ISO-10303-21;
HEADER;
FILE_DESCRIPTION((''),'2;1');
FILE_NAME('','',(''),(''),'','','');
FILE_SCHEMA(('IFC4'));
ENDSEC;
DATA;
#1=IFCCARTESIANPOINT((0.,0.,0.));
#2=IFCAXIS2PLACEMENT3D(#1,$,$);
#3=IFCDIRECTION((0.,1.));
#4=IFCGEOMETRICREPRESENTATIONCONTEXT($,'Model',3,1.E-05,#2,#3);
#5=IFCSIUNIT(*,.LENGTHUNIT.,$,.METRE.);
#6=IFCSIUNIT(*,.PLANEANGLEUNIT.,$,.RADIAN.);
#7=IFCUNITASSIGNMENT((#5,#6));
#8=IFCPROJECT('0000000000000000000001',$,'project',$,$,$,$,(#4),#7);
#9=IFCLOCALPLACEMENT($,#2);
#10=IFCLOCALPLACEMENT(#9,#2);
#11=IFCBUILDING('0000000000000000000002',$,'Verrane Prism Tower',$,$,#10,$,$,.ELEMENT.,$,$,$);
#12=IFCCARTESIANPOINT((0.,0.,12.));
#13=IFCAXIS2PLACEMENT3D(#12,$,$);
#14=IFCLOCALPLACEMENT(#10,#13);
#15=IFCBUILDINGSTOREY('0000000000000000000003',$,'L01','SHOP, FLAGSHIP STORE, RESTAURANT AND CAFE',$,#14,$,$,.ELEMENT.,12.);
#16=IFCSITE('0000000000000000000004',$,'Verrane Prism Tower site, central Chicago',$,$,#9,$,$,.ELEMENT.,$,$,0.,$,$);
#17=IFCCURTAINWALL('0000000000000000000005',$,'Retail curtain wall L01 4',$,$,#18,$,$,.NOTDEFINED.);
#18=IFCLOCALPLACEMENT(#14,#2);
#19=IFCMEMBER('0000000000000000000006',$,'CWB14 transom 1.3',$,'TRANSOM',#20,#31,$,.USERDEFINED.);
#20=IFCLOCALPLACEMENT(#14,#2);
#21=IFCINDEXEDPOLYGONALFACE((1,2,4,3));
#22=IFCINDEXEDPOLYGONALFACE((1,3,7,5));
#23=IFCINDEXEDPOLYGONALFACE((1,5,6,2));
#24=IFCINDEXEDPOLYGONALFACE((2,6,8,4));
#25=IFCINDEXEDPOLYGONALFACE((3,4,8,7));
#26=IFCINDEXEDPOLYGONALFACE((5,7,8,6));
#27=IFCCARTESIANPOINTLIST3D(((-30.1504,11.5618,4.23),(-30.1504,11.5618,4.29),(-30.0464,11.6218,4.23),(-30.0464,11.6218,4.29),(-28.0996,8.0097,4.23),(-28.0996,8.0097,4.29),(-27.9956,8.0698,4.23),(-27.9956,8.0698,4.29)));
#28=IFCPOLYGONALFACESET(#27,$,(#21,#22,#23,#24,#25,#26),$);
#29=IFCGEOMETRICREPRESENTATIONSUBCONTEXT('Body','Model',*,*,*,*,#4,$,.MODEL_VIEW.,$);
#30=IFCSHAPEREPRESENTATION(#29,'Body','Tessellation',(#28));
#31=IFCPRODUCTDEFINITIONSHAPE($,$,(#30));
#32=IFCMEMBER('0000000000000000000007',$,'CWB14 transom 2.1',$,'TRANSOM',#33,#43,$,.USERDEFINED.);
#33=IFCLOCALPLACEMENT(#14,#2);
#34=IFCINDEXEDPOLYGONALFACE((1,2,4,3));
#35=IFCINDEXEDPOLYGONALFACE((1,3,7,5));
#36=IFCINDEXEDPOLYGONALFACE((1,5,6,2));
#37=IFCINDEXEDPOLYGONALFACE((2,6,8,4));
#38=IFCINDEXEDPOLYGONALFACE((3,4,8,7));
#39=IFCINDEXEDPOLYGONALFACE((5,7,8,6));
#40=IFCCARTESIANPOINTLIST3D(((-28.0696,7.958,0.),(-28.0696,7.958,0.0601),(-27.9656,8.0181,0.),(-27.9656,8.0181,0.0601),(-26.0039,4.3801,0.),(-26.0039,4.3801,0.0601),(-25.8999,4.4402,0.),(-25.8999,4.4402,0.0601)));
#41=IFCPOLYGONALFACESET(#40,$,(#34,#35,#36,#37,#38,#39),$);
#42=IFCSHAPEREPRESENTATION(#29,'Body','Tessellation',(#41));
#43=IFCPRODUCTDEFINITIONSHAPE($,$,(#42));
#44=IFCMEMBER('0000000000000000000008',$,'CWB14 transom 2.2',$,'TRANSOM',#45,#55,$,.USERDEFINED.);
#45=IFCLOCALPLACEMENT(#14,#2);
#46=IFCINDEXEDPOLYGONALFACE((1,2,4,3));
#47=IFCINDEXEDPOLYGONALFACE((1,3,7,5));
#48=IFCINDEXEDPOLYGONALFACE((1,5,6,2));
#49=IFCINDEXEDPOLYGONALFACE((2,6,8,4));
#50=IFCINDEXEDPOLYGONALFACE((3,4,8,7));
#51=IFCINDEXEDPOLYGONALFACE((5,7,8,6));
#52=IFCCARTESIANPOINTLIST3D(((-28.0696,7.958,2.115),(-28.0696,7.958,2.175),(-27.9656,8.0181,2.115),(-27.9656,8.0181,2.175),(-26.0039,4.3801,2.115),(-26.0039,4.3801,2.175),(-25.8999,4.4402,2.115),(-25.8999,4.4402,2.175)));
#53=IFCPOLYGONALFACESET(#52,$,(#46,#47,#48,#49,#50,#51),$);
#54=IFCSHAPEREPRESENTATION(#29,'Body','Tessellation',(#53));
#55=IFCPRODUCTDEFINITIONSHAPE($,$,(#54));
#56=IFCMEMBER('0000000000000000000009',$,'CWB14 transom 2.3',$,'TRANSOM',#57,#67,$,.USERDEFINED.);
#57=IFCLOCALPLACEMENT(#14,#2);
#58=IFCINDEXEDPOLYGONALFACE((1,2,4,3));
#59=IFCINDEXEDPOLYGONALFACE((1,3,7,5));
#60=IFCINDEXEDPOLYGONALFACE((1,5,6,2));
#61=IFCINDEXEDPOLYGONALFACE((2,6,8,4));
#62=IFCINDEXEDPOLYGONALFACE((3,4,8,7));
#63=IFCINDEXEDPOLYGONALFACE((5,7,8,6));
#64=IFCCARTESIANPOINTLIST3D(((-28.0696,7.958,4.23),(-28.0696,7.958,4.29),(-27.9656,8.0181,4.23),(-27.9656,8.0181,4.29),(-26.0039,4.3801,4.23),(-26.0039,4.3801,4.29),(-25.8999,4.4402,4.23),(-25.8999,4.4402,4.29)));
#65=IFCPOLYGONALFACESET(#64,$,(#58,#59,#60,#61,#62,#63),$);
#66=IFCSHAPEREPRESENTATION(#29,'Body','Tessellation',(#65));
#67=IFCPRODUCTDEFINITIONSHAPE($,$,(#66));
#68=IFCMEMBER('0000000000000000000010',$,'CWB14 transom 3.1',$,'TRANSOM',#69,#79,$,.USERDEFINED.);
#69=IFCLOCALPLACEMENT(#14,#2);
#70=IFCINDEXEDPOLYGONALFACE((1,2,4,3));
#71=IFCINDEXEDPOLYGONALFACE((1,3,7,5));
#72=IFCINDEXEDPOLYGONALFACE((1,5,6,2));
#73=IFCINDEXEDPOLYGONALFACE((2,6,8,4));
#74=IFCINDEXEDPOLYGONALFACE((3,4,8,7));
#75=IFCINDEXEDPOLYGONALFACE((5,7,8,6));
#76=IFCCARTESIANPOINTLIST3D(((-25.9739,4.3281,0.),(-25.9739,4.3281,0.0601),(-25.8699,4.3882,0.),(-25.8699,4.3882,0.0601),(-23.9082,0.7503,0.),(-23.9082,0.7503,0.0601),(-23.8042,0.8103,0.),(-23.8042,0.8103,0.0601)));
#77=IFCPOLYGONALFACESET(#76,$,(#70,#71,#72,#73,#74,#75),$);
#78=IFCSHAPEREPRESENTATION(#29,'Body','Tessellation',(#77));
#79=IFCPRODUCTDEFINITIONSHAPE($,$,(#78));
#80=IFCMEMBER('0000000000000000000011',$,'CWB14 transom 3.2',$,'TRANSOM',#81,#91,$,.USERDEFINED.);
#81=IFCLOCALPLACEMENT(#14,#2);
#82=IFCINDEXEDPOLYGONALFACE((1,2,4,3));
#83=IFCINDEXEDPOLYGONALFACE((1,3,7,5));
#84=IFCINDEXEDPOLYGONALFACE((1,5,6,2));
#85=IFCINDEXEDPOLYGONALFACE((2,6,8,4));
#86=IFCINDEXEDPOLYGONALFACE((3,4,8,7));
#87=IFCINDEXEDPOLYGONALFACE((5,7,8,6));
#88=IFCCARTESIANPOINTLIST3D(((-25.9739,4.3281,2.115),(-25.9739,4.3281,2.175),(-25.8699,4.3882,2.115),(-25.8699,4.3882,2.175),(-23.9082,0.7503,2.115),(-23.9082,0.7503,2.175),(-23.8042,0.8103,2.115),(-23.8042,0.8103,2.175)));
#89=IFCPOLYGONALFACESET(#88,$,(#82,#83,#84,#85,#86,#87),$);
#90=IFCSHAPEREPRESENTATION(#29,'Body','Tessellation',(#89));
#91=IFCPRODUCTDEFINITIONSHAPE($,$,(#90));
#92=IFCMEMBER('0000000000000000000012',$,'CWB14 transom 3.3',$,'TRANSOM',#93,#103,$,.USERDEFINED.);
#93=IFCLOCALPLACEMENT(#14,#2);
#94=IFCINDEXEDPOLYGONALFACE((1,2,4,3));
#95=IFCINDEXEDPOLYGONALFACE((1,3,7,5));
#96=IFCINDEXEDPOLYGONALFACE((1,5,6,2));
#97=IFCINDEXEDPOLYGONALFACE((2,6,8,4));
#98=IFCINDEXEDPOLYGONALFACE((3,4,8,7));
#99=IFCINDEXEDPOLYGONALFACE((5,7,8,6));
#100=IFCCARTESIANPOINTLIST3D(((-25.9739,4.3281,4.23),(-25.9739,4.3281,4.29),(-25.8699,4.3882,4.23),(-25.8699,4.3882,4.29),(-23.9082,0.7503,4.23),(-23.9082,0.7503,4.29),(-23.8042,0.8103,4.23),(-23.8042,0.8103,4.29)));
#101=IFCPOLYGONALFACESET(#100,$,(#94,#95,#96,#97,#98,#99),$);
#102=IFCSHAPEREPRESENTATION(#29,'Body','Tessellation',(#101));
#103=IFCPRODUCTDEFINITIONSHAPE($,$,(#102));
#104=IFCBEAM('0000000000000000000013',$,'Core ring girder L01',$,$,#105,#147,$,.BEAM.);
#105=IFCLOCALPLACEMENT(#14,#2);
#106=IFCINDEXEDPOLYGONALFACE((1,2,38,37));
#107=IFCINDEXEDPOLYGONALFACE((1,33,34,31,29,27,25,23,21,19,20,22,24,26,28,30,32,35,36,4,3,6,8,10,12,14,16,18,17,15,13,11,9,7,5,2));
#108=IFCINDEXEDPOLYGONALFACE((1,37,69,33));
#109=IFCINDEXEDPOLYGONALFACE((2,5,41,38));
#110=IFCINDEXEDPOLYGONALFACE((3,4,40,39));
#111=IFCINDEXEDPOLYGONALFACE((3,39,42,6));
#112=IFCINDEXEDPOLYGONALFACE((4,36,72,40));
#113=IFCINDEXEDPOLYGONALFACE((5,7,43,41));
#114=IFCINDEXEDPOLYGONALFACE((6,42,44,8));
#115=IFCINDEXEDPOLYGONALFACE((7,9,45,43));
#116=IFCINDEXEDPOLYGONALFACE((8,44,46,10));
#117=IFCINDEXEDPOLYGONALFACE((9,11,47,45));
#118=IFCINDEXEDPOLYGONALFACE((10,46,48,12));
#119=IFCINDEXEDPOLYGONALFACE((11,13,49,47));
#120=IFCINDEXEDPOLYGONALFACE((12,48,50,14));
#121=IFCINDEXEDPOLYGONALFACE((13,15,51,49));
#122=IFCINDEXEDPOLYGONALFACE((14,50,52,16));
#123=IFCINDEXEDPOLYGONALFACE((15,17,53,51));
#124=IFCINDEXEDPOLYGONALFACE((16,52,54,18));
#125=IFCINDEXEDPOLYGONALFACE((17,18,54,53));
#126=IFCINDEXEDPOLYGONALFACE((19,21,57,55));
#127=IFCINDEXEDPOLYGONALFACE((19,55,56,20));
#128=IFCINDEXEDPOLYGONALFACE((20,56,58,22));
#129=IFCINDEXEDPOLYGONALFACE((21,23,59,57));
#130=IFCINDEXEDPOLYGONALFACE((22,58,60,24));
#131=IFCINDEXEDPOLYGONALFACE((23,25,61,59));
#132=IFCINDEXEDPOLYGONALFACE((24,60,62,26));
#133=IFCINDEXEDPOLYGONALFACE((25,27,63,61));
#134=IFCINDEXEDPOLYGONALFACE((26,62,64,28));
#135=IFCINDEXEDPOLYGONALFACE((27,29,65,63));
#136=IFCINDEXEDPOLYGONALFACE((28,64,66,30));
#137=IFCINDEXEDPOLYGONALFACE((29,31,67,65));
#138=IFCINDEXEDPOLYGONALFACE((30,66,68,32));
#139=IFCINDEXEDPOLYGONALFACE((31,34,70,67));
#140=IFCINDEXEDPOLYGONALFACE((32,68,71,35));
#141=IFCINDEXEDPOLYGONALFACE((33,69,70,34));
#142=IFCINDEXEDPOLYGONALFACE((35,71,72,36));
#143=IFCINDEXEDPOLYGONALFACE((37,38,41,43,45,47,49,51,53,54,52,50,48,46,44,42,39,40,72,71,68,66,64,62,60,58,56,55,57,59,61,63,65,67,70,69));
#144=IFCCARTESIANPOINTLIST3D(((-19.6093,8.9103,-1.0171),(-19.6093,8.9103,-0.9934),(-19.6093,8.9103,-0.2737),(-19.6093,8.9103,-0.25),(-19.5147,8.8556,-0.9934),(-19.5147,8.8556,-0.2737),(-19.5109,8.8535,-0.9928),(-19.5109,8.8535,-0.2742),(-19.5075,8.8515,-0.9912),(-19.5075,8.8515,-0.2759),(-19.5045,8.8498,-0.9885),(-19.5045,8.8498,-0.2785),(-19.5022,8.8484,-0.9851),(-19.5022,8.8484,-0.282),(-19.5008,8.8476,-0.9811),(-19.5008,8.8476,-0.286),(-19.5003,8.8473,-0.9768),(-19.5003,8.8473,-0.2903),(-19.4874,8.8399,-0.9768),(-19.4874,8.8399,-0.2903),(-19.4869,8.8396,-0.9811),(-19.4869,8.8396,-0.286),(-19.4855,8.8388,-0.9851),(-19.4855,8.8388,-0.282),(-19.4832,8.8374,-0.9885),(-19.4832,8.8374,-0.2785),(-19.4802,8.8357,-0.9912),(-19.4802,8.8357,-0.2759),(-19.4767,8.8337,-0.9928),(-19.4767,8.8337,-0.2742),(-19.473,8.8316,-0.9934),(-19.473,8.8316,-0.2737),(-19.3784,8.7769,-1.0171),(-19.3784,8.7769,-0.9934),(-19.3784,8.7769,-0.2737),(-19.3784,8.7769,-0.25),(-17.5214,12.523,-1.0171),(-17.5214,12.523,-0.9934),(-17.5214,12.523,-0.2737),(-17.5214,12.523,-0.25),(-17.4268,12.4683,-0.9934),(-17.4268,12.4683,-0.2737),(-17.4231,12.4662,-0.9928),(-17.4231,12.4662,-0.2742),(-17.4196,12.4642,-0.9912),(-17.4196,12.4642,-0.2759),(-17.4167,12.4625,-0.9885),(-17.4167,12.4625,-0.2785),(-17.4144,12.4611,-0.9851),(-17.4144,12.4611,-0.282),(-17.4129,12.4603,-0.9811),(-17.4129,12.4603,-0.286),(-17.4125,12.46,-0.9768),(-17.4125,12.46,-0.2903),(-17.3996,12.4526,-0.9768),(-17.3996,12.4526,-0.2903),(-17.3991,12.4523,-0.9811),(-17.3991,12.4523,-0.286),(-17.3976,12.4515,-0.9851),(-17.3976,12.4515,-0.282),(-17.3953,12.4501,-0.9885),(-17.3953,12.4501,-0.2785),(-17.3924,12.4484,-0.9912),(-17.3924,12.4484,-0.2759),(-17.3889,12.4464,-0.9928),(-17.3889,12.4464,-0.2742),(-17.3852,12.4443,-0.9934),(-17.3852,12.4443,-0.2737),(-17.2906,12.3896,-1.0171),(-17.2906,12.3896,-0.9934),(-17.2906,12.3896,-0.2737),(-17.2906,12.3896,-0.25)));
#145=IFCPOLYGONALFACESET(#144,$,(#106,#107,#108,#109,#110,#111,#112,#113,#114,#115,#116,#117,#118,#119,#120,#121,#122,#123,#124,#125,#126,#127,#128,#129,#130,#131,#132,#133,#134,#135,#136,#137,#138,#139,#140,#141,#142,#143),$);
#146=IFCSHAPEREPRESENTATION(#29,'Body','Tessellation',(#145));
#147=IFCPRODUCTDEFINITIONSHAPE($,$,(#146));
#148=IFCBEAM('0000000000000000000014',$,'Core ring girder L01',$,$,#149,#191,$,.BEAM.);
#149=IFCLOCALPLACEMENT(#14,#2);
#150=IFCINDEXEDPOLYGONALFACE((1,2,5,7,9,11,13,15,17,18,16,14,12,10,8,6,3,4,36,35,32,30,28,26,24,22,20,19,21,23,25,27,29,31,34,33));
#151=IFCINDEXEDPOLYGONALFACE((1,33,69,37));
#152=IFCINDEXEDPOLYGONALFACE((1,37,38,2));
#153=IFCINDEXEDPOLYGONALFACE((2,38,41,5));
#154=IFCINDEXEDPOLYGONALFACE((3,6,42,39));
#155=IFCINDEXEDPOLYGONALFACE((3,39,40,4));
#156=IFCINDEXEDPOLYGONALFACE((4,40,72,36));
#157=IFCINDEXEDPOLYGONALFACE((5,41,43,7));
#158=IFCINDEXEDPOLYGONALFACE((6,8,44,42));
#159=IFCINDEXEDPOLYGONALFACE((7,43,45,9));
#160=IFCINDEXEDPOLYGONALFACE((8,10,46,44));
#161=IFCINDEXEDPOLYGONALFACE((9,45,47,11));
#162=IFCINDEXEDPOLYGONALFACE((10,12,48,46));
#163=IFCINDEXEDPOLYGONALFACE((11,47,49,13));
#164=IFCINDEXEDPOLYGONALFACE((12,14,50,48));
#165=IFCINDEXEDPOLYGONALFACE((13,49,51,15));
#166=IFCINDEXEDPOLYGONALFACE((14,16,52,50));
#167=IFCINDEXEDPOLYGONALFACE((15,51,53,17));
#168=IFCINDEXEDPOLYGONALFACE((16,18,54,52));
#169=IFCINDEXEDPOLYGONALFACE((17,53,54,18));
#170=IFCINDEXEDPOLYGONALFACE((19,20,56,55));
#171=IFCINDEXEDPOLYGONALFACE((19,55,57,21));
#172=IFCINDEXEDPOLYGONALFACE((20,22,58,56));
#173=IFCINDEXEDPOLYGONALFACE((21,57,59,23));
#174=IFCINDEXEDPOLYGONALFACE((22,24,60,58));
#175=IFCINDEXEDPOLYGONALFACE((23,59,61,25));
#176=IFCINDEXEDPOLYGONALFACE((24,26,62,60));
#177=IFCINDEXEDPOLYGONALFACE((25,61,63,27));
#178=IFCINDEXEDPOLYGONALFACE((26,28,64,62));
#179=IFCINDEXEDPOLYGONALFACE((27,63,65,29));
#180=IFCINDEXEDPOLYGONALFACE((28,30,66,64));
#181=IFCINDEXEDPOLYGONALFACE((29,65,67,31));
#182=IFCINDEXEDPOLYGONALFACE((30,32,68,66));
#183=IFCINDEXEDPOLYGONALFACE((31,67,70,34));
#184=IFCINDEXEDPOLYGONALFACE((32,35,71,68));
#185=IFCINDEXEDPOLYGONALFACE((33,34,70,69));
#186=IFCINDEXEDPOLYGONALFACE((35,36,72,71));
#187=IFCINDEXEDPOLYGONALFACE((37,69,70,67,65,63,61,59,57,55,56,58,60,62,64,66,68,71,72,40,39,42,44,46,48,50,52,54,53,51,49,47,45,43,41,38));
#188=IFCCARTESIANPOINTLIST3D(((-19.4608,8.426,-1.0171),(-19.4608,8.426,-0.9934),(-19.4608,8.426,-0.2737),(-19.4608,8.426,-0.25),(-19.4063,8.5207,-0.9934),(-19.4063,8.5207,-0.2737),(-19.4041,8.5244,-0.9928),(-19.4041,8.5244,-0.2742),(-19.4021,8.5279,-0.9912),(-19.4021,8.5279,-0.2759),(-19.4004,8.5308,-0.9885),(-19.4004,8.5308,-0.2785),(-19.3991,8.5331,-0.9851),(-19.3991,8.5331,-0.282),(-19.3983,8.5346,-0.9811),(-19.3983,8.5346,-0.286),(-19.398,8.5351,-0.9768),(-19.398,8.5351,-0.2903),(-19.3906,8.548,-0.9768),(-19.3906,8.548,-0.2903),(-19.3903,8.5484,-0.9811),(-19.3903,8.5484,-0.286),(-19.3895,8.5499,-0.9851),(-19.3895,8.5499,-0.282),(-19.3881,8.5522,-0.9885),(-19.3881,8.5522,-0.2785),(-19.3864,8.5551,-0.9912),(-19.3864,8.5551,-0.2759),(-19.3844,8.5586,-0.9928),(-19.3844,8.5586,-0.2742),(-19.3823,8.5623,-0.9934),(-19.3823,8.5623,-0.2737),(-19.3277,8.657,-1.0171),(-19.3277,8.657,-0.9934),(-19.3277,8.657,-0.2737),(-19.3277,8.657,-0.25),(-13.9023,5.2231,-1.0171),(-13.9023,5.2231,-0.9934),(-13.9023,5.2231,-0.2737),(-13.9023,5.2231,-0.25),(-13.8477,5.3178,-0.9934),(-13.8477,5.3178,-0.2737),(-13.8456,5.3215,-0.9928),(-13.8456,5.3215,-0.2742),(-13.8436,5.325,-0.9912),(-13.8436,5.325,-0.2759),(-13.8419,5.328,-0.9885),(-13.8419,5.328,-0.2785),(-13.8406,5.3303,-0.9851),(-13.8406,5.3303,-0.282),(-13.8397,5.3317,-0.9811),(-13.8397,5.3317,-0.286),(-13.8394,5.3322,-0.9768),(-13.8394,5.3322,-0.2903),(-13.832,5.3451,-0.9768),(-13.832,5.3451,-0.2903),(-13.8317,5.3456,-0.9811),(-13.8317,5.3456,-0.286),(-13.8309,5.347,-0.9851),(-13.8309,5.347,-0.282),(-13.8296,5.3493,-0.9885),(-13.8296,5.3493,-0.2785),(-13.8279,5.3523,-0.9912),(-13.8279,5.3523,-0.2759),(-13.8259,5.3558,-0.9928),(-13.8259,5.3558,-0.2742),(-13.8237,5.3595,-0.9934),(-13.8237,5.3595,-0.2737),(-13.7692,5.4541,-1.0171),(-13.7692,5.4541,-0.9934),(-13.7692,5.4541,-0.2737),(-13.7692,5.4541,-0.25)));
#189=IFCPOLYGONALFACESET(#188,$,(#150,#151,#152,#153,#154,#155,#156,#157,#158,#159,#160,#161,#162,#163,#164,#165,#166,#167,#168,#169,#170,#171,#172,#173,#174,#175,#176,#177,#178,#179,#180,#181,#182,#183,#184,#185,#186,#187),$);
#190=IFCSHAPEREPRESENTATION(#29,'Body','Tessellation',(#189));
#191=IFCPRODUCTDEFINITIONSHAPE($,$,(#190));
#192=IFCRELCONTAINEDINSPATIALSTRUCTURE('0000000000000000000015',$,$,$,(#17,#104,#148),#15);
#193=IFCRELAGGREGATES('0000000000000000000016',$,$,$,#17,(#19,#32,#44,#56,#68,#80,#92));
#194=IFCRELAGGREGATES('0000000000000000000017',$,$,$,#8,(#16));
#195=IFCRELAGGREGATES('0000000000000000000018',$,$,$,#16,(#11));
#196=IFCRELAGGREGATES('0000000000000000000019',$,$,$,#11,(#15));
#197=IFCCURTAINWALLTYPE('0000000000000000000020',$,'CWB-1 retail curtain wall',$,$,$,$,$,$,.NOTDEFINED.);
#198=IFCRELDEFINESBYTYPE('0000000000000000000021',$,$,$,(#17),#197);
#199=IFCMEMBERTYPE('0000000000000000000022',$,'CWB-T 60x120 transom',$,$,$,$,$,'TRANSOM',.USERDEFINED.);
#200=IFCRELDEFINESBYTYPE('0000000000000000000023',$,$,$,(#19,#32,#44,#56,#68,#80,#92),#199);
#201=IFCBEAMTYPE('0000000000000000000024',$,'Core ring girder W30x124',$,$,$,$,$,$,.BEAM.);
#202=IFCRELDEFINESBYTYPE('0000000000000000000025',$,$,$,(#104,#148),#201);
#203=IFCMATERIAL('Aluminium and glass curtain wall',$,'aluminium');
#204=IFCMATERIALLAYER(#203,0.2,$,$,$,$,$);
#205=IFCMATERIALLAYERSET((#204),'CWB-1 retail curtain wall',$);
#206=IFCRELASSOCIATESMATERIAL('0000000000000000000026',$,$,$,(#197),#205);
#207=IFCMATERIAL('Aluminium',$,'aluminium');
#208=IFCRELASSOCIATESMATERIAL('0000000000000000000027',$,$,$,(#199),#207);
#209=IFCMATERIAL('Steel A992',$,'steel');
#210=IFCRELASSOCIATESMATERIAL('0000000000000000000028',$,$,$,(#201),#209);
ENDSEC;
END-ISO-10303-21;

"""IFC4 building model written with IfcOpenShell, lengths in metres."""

from ifc_helpers import new_model, si_unit, direction, frame, origin, origin_2d, place, context, subcontext, project, spatial, rectangle, i_section, extrude, material, layer, layer_set, material_profile, profile_set, type_object, element, aggregate, save


model = new_model("IFC4")

# Units and contexts
model_context = context("Model", 3, precision=1e-05, world=origin(), true_north=direction((0.0, 1.0)))
body_context = subcontext(model_context, "Body", "Model", "MODEL_VIEW")
ifc_project = project(units=[si_unit("LENGTHUNIT", "METRE"), si_unit("PLANEANGLEUNIT", "RADIAN")], contexts=[model_context])

# Site, building, storey
site_placement = place(None, origin())
site = spatial("IfcSite", under=ifc_project, at=site_placement, Name="Verrane Prism Tower site, central Chicago", CompositionType="ELEMENT", RefElevation=0.0)
building_placement = place(site_placement, origin())
building = spatial("IfcBuilding", under=site, at=building_placement, Name="Verrane Prism Tower", CompositionType="ELEMENT")
storey_placement = place(building_placement, frame((0.0, 0.0, 12.0)))
storey = spatial("IfcBuildingStorey", under=building, at=storey_placement, Name="L01", Description="SHOP, FLAGSHIP STORE, RESTAURANT AND CAFE", CompositionType="ELEMENT", Elevation=12.0)

# Shared definitions
ifc_material_1 = material(Name="Aluminium and glass curtain wall", Category="aluminium")
ifc_layer_1 = layer(ifc_material_1, 0.2)
ifc_layer_set_1 = layer_set([ifc_layer_1], Name="CWB-1 retail curtain wall")
curtain_wall_type = type_object("IfcCurtainWallType", Name="CWB-1 retail curtain wall", PredefinedType="NOTDEFINED", material=ifc_layer_set_1)

# Curtain wall, members
curtain_wall_1_placement = place(storey_placement, origin())
curtain_wall_1 = element("IfcCurtainWall", 1, at=curtain_wall_1_placement, inside=storey, type_object=curtain_wall_type, Name="Retail curtain wall L01 4", PredefinedType="NOTDEFINED")
ifc_material_2 = material(Name="Aluminium", Category="aluminium")
ifc_material_profile_1 = material_profile(ifc_material_2, rectangle(XDim=0.1201, YDim=0.0601, at=origin_2d()), Name="CWB-T 60x120 transom")
ifc_profile_set_1 = profile_set([ifc_material_profile_1], Name="Aluminium")
member_type_1 = type_object("IfcMemberType", Name="CWB-T 60x120 transom", ElementType="TRANSOM", PredefinedType="USERDEFINED", material=ifc_profile_set_1)
member_1_placement = place(storey_placement, frame((-30.0984, 11.5918, 4.26), z_axis=(0.500006, -0.866022, 0.0), x_axis=(0.866022, 0.500006, 0.0)))
member_1 = element("IfcMember", 2, at=member_1_placement, type_object=member_type_1, Name="CWB14 transom 1.3", ObjectType="TRANSOM", PredefinedType="USERDEFINED", context=body_context, shape_type="SweptSolid", body=[
    extrude(rectangle(XDim=0.1201, YDim=0.0601, at=origin_2d()), origin(), (0.0, 0.0, 1.0), 4.1016),
])
member_2_placement = place(storey_placement, frame((-28.0176, 7.988, 0.03), z_axis=(0.499997, -0.866027, 0.0), x_axis=(0.866027, 0.499997, 0.0)))
member_2 = element("IfcMember", 3, at=member_2_placement, type_object=member_type_1, Name="CWB14 transom 2.1", ObjectType="TRANSOM", PredefinedType="USERDEFINED", context=body_context, shape_type="SweptSolid", body=[
    extrude(rectangle(XDim=0.1201, YDim=0.0601, at=origin_2d()), origin(), (0.0, 0.0, 1.0), 4.1313),
])
member_3_placement = place(storey_placement, frame((-28.0176, 7.988, 2.145), z_axis=(0.499997, -0.866027, 0.0), x_axis=(0.866027, 0.499997, 0.0)))
member_3 = element("IfcMember", 4, at=member_3_placement, type_object=member_type_1, Name="CWB14 transom 2.2", ObjectType="TRANSOM", PredefinedType="USERDEFINED", context=body_context, shape_type="SweptSolid", body=[
    extrude(rectangle(XDim=0.1201, YDim=0.0601, at=origin_2d()), origin(), (0.0, 0.0, 1.0), 4.1313),
])
member_4_placement = place(storey_placement, frame((-28.0176, 7.988, 4.26), z_axis=(0.499997, -0.866027, 0.0), x_axis=(0.866027, 0.499997, 0.0)))
member_4 = element("IfcMember", 5, at=member_4_placement, type_object=member_type_1, Name="CWB14 transom 2.3", ObjectType="TRANSOM", PredefinedType="USERDEFINED", context=body_context, shape_type="SweptSolid", body=[
    extrude(rectangle(XDim=0.1201, YDim=0.0601, at=origin_2d()), origin(), (0.0, 0.0, 1.0), 4.1313),
])
member_5_placement = place(storey_placement, frame((-25.9219, 4.3582, 0.03), z_axis=(0.499997, -0.866027, 0.0), x_axis=(0.866027, 0.499997, 0.0)))
member_5 = element("IfcMember", 6, at=member_5_placement, type_object=member_type_1, Name="CWB14 transom 3.1", ObjectType="TRANSOM", PredefinedType="USERDEFINED", context=body_context, shape_type="SweptSolid", body=[
    extrude(rectangle(XDim=0.1201, YDim=0.0601, at=origin_2d()), origin(), (0.0, 0.0, 1.0), 4.1313),
])
member_6_placement = place(storey_placement, frame((-25.9219, 4.3582, 2.145), z_axis=(0.499997, -0.866027, 0.0), x_axis=(0.866027, 0.499997, 0.0)))
member_6 = element("IfcMember", 7, at=member_6_placement, type_object=member_type_1, Name="CWB14 transom 3.2", ObjectType="TRANSOM", PredefinedType="USERDEFINED", context=body_context, shape_type="SweptSolid", body=[
    extrude(rectangle(XDim=0.1201, YDim=0.0601, at=origin_2d()), origin(), (0.0, 0.0, 1.0), 4.1313),
])
member_7_placement = place(storey_placement, frame((-25.9219, 4.3582, 4.26), z_axis=(0.499997, -0.866027, 0.0), x_axis=(0.866027, 0.499997, 0.0)))
member_7 = element("IfcMember", 8, at=member_7_placement, type_object=member_type_1, Name="CWB14 transom 3.3", ObjectType="TRANSOM", PredefinedType="USERDEFINED", context=body_context, shape_type="SweptSolid", body=[
    extrude(rectangle(XDim=0.1201, YDim=0.0601, at=origin_2d()), origin(), (0.0, 0.0, 1.0), 4.1313),
])

# Beams
ifc_material_3 = material(Name="Steel A992", Category="steel")
ifc_material_profile_2 = material_profile(ifc_material_3, i_section(OverallWidth=0.2666, OverallDepth=0.7671, WebThickness=0.0149, FlangeThickness=0.0237, FilletRadius=0.0166, at=origin_2d()), Name="W30x124")
ifc_profile_set_2 = profile_set([ifc_material_profile_2], Name="Steel A992")
beam_type_1 = type_object("IfcBeamType", Name="Core ring girder W30x124", PredefinedType="BEAM", material=ifc_profile_set_2)
beam_1_placement = place(storey_placement, frame((-17.406, 12.4563, -0.6335), z_axis=(-0.500367, -0.865813, 0.0), x_axis=(0.865813, -0.500367, 0.0)))
element("IfcBeam", 9, at=beam_1_placement, inside=storey, type_object=beam_type_1, Name="Core ring girder L01", PredefinedType="BEAM", context=body_context, shape_type="SweptSolid", body=[
    extrude(i_section(OverallWidth=0.2666, OverallDepth=0.7671, WebThickness=0.0149, FlangeThickness=0.0237, FilletRadius=0.0166, at=origin_2d()), origin(), (0.0, 0.0, 1.0), 4.1726),
])
beam_2_placement = place(storey_placement, frame((-19.3943, 8.5415, -0.6335), z_axis=(0.866455, -0.499255, 0.0), x_axis=(0.499255, 0.866455, 0.0)))
element("IfcBeam", 10, at=beam_2_placement, inside=storey, type_object=beam_type_1, Name="Core ring girder L01", PredefinedType="BEAM", context=body_context, shape_type="SweptSolid", body=[
    extrude(i_section(OverallWidth=0.2666, OverallDepth=0.7671, WebThickness=0.0149, FlangeThickness=0.0237, FilletRadius=0.0166, at=origin_2d()), origin(), (0.0, 0.0, 1.0), 6.4153),
])

aggregate(curtain_wall_1, [member_1, member_2, member_3, member_4, member_5, member_6, member_7])

save(model, "model.ifc")
